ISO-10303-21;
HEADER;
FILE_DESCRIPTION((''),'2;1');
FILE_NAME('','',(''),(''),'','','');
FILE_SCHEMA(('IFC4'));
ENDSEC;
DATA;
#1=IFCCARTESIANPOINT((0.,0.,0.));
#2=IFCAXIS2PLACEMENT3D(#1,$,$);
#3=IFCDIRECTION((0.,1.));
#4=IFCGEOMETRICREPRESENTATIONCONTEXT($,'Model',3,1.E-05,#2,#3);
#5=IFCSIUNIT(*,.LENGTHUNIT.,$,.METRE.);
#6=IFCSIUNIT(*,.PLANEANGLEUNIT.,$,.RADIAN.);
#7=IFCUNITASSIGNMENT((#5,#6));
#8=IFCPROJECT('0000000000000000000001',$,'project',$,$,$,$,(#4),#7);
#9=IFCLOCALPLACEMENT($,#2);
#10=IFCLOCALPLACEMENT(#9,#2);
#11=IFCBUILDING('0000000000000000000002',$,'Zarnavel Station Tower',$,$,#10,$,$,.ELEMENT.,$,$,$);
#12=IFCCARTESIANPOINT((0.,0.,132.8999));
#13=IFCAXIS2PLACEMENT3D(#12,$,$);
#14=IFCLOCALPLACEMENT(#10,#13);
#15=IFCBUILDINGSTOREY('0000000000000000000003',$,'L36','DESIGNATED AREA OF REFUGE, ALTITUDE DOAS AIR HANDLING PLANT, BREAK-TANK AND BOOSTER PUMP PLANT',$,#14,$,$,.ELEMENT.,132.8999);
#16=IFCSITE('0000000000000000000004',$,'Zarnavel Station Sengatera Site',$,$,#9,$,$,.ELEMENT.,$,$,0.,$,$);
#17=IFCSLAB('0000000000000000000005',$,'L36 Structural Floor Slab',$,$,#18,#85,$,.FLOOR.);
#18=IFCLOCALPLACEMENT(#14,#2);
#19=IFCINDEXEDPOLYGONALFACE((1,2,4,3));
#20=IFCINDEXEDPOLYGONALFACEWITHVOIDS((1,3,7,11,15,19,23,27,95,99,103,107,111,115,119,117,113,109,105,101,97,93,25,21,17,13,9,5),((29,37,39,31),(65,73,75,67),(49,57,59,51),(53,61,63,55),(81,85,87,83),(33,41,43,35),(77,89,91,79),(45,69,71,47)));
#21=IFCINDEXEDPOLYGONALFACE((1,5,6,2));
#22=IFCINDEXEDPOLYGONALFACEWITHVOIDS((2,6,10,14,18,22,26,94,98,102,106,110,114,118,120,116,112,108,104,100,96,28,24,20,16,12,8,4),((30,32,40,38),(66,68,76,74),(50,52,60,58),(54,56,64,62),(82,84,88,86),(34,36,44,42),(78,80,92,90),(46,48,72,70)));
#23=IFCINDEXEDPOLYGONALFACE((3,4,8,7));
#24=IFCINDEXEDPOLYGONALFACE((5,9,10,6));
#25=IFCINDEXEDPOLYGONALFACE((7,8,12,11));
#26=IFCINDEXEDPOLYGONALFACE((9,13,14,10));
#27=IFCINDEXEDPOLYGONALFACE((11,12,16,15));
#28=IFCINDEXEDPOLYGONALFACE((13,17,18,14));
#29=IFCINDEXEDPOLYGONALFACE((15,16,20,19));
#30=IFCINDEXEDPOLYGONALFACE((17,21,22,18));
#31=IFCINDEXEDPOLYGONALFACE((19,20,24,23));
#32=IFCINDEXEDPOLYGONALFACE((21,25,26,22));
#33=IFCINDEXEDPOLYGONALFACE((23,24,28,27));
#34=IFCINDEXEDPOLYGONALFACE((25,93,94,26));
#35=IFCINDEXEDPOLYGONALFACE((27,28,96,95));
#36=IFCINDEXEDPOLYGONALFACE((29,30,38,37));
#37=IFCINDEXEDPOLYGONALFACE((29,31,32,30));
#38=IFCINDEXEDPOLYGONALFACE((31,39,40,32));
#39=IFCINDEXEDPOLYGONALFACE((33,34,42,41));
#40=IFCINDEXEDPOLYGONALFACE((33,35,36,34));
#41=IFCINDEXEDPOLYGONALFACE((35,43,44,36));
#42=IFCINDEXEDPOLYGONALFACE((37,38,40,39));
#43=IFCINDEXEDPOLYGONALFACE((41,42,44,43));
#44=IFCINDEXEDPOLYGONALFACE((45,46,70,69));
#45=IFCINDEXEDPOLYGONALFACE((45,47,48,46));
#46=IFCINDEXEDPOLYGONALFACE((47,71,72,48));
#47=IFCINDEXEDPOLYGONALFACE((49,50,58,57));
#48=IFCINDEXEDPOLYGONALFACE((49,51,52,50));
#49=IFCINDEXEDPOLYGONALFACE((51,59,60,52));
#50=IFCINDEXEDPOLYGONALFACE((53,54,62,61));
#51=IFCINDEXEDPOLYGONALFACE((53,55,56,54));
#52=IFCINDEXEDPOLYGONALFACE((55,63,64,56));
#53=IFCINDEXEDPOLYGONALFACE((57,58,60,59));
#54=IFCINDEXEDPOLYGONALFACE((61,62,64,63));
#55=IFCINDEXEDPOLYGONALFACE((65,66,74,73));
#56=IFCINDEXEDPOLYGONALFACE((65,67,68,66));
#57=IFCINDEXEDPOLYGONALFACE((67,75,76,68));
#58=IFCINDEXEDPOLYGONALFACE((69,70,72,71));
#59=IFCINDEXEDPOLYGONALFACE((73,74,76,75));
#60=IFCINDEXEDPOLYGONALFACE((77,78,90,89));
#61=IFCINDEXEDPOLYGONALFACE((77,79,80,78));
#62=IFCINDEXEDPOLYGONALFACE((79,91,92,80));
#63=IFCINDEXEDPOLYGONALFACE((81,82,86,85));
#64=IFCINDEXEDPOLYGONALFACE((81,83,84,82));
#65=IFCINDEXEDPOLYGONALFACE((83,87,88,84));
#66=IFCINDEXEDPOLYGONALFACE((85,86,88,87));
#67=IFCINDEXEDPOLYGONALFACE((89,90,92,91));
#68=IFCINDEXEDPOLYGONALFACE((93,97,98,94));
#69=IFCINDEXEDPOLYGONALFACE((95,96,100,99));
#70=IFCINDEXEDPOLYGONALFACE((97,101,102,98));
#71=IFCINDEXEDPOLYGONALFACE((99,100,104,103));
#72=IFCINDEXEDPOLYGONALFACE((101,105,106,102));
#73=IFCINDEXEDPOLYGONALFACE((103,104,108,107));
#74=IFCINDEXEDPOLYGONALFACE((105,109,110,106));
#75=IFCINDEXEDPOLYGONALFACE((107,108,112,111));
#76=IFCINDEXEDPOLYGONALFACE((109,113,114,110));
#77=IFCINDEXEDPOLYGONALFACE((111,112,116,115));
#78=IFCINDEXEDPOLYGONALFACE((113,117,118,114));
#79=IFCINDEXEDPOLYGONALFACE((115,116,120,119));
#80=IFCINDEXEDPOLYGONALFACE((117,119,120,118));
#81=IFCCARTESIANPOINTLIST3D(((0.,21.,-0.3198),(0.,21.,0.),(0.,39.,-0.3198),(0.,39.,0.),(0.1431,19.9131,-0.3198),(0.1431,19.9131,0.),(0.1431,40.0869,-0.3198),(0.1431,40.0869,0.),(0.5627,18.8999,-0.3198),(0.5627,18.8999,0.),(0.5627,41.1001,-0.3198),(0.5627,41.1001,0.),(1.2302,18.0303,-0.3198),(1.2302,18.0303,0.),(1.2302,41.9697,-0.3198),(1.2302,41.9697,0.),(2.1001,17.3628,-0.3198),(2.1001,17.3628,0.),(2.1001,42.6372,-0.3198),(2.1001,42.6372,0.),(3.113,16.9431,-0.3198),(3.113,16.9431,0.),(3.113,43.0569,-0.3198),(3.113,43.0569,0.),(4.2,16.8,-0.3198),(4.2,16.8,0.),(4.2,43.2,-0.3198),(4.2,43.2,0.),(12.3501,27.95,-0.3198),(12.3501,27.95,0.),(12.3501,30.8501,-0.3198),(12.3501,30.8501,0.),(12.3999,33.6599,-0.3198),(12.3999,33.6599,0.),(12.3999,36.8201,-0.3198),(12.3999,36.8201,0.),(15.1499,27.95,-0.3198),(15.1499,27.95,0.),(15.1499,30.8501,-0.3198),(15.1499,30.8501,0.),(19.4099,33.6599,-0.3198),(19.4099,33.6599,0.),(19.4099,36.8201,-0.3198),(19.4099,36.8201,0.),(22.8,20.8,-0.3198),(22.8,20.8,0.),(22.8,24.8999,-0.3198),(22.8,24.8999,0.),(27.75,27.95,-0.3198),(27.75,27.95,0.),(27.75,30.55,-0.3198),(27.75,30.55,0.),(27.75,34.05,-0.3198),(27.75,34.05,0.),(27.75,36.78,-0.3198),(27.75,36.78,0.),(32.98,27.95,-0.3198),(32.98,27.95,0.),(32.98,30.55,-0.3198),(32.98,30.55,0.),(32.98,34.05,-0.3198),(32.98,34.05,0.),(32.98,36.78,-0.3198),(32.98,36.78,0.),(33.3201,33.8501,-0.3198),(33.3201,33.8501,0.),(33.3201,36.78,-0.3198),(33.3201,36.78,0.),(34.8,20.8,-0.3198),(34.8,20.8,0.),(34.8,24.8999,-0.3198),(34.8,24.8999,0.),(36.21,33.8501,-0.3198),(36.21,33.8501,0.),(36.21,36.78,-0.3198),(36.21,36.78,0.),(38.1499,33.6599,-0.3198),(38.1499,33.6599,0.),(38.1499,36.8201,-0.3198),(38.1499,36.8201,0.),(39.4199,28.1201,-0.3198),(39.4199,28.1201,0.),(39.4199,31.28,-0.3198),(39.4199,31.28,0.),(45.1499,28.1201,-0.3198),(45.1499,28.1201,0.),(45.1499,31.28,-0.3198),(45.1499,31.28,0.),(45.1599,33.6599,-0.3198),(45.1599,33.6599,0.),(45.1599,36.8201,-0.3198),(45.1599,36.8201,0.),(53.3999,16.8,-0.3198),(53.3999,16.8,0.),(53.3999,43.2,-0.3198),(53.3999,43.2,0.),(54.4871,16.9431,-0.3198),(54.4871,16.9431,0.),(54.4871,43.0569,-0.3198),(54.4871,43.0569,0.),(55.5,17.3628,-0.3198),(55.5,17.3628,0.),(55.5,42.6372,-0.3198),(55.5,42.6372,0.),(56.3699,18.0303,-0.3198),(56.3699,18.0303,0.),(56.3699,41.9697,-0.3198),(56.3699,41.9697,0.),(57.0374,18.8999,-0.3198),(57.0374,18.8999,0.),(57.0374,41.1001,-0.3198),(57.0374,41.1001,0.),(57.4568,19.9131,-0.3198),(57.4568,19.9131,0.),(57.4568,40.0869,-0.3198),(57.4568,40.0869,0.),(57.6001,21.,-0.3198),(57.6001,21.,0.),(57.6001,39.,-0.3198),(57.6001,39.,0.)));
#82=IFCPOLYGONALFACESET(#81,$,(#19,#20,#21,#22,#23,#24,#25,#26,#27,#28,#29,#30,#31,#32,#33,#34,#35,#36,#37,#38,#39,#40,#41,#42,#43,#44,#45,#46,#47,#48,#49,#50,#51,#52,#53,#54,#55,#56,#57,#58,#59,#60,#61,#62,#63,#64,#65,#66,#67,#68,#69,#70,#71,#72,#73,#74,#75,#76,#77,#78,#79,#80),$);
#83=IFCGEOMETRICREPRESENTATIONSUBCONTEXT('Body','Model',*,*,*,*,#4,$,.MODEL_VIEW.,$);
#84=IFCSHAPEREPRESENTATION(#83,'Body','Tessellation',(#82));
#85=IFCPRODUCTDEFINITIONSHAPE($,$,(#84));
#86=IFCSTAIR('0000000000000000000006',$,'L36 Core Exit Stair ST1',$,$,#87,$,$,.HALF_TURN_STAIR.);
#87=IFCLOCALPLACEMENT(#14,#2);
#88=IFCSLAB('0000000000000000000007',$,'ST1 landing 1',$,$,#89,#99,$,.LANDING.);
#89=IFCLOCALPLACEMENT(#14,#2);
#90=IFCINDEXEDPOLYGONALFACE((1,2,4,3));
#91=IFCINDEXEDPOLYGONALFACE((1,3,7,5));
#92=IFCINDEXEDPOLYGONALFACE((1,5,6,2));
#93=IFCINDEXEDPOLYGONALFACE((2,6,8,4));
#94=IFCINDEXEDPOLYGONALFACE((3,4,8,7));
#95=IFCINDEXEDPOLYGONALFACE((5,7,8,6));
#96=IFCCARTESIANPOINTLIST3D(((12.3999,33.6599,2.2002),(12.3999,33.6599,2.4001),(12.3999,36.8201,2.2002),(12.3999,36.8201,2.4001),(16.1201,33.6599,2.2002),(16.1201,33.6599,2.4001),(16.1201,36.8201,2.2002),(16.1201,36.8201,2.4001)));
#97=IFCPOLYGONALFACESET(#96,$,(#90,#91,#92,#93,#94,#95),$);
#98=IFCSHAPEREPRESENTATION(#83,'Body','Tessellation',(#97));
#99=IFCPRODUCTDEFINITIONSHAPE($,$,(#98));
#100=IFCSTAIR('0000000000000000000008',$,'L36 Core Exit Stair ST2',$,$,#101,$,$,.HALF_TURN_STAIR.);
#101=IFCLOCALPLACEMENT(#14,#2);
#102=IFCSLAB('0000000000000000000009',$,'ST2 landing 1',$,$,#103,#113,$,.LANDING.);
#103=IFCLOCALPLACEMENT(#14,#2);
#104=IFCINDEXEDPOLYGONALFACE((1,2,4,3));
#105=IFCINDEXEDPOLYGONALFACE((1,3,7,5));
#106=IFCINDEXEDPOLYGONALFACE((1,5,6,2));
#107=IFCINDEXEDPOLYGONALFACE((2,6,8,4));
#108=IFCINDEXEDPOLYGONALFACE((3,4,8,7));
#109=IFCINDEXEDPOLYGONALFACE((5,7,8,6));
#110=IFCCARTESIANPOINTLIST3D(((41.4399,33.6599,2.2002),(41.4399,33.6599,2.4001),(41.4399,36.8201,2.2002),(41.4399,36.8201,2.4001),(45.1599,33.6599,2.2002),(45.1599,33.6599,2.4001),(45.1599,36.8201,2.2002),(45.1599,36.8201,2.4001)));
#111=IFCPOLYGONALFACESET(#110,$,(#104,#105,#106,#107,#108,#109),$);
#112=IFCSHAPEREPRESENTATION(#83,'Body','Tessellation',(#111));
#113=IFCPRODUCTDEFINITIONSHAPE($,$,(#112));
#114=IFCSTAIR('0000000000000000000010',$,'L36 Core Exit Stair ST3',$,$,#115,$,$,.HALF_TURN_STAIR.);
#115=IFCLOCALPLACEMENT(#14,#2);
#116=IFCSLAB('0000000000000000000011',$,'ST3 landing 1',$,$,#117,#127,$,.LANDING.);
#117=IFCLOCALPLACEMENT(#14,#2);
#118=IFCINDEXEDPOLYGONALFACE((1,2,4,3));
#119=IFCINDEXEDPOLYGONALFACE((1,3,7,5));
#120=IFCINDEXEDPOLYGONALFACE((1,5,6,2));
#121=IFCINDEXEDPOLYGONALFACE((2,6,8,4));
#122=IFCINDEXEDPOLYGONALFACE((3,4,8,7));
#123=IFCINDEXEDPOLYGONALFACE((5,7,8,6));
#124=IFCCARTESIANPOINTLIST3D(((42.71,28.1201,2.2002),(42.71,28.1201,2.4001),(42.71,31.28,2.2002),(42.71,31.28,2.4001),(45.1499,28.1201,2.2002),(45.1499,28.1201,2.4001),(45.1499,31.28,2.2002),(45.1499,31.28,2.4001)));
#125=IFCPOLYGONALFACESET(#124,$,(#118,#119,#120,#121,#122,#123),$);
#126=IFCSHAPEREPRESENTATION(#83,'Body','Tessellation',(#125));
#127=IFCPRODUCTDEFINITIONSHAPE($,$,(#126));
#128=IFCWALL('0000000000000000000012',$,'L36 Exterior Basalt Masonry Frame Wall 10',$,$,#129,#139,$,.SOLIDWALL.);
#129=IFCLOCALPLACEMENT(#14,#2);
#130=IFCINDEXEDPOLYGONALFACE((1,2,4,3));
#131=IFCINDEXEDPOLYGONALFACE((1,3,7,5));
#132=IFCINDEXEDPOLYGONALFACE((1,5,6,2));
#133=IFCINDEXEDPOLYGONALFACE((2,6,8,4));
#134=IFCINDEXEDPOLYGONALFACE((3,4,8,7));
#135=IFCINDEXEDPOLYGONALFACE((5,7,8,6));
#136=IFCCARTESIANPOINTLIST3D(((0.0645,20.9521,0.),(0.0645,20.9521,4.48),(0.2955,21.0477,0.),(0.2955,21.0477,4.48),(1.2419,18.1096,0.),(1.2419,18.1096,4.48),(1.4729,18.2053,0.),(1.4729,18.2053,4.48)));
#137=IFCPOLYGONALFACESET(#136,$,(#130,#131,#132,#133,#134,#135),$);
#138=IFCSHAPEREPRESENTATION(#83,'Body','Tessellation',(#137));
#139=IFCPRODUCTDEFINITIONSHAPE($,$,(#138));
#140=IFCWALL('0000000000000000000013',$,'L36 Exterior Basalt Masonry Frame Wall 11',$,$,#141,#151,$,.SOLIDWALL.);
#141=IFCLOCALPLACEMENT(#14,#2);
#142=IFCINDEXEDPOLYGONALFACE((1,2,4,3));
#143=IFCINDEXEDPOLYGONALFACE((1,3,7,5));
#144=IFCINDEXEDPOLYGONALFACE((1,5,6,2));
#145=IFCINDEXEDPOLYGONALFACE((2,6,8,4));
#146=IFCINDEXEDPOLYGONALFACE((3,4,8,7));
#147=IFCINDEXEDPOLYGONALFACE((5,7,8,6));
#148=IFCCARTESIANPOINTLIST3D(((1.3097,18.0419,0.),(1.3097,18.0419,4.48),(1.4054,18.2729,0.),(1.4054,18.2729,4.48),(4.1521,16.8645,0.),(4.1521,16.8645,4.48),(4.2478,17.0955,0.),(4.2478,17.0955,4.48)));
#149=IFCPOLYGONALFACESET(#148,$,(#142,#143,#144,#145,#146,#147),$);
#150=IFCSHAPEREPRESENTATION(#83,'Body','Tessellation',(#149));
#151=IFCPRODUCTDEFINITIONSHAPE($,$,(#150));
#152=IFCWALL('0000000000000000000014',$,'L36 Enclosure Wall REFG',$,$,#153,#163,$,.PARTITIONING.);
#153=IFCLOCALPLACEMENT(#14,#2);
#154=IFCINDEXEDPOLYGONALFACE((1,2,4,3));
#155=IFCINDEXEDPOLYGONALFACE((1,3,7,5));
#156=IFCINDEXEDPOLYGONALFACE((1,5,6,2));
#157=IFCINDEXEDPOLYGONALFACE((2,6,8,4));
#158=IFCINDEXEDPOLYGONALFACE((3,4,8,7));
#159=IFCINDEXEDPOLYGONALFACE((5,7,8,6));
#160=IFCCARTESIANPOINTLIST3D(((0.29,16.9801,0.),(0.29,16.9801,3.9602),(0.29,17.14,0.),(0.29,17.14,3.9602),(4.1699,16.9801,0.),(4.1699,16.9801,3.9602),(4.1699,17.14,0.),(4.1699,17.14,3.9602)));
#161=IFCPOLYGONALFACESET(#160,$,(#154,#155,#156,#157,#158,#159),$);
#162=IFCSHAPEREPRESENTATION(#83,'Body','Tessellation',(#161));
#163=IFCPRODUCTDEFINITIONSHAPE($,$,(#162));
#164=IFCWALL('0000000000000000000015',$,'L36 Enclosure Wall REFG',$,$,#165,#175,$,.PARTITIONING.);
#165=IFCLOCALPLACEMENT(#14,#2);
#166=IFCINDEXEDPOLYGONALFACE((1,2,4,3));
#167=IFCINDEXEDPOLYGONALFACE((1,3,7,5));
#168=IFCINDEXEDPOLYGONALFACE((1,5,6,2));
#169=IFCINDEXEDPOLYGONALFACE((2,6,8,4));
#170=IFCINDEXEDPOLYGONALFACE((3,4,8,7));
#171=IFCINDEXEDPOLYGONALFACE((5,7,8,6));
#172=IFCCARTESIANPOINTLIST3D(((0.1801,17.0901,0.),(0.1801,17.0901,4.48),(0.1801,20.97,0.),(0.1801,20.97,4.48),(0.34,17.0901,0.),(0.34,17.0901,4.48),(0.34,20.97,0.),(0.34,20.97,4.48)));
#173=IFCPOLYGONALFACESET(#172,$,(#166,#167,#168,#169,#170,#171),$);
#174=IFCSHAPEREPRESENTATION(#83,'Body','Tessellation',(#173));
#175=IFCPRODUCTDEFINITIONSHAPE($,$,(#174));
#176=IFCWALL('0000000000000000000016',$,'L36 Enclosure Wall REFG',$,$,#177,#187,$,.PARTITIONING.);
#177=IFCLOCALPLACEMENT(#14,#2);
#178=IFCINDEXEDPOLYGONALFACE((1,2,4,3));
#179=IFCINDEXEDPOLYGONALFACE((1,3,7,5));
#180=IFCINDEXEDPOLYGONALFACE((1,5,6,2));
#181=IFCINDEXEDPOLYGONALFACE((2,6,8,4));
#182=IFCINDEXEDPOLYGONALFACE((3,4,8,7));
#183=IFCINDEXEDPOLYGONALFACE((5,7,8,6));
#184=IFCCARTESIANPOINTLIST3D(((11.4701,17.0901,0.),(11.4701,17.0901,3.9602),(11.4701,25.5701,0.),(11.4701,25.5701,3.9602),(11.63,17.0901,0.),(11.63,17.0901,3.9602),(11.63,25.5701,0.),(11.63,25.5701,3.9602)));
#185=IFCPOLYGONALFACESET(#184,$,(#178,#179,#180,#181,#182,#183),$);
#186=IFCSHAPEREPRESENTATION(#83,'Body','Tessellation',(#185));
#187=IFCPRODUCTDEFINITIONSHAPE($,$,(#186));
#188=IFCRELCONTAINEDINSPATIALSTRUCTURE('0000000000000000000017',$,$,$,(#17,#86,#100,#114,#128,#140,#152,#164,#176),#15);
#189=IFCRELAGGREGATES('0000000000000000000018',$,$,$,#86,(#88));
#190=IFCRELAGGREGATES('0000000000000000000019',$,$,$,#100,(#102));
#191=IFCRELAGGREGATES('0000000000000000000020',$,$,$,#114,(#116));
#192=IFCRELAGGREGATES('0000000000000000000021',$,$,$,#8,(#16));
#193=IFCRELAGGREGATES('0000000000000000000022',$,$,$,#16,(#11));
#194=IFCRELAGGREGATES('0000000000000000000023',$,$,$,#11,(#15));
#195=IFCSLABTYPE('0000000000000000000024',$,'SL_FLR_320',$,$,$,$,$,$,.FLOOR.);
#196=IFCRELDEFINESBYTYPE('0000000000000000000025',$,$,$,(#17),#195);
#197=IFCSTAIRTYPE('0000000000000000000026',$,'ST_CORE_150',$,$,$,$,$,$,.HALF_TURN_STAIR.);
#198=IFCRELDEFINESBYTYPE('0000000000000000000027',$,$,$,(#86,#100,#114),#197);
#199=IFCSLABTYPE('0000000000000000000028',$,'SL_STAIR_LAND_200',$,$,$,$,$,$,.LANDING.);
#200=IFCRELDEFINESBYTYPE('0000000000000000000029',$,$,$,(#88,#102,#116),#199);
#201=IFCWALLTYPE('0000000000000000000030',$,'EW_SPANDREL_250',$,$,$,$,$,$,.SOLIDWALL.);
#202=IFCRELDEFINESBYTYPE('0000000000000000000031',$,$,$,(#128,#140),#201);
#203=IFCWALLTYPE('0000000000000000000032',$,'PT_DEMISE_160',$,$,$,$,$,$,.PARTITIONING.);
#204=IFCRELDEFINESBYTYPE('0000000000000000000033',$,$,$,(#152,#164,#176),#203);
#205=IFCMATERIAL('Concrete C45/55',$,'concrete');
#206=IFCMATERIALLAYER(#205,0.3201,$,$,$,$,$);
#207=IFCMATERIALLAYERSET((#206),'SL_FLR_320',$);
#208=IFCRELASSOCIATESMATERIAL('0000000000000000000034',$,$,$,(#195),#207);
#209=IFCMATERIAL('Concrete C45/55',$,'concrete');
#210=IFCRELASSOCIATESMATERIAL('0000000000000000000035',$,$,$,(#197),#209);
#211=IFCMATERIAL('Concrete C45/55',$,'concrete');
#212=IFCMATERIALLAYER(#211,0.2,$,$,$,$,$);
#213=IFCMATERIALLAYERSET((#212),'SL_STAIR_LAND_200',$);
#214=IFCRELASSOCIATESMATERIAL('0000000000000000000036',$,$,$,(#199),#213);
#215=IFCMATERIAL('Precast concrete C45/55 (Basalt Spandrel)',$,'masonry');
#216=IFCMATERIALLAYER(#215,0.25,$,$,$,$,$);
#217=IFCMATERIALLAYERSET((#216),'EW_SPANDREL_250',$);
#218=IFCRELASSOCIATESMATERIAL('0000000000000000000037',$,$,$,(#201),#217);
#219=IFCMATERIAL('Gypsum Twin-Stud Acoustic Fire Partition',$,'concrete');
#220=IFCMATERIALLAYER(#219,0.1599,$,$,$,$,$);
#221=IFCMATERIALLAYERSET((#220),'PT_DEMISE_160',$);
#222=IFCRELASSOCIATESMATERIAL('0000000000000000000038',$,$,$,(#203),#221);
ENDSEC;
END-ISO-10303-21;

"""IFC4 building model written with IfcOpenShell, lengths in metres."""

from ifc_helpers import new_model, si_unit, direction, frame, frame_2d, origin, place, context, subcontext, project, spatial, polyline, rectangle, outline, extrude, material, layer, layer_set, type_object, element, aggregate, save


model = new_model("IFC4")

# Units and contexts
model_context = context("Model", 3, precision=1e-05, world=origin(), true_north=direction((0.0, 1.0)))
body_context = subcontext(model_context, "Body", "Model", "MODEL_VIEW")
ifc_project = project(units=[si_unit("LENGTHUNIT", "METRE"), si_unit("PLANEANGLEUNIT", "RADIAN")], contexts=[model_context])

# Site, building, storey
site_placement = place(None, origin())
site = spatial("IfcSite", under=ifc_project, at=site_placement, Name="Zarnavel Station Sengatera Site", CompositionType="ELEMENT", RefElevation=0.0)
building_placement = place(site_placement, origin())
building = spatial("IfcBuilding", under=site, at=building_placement, Name="Zarnavel Station Tower", CompositionType="ELEMENT")
storey_placement = place(building_placement, frame((0.0, 0.0, 132.8999)))
storey = spatial("IfcBuildingStorey", under=building, at=storey_placement, Name="L36", Description="DESIGNATED AREA OF REFUGE, ALTITUDE DOAS AIR HANDLING PLANT, BREAK-TANK AND BOOSTER PUMP PLANT", CompositionType="ELEMENT", Elevation=132.8999)

# Slab
ifc_material_1 = material(Name="Concrete C45/55", Category="concrete")
ifc_layer_1 = layer(ifc_material_1, 0.3201)
ifc_layer_set_1 = layer_set([ifc_layer_1], Name="SL_FLR_320")
slab_type_1 = type_object("IfcSlabType", Name="SL_FLR_320", PredefinedType="FLOOR", material=ifc_layer_set_1)
slab_1_placement = place(storey_placement, frame((0.0, 0.0, -0.3198)))
element("IfcSlab", 1, at=slab_1_placement, inside=storey, type_object=slab_type_1, Name="L36 Structural Floor Slab", PredefinedType="FLOOR", context=body_context, shape_type="SweptSolid", body=[
    extrude(outline(polyline([(53.3999, 16.8), (54.4871, 16.9431), (55.5, 17.3628), (56.3699, 18.0303), (57.0374, 18.8999), (57.4568, 19.9131), (57.6001, 21.0), (57.6001, 39.0), (57.4568, 40.0869), (57.0374, 41.1001), (56.3699, 41.9697), (55.5, 42.6372), (54.4871, 43.0569), (53.3999, 43.2), (4.2, 43.2), (3.113, 43.0569), (2.1001, 42.6372), (1.2302, 41.9697), (0.5627, 41.1001), (0.1431, 40.0869), (0.0, 39.0), (0.0, 21.0), (0.1431, 19.9131), (0.5627, 18.8999), (1.2302, 18.0303), (2.1001, 17.3628), (3.113, 16.9431), (4.2, 16.8), (53.3999, 16.8)]), holes=[polyline([(12.3999, 33.6599), (19.4099, 33.6599), (19.4099, 36.8201), (12.3999, 36.8201), (12.3999, 33.6599)]), polyline([(38.1499, 33.6599), (45.1599, 33.6599), (45.1599, 36.8201), (38.1499, 36.8201), (38.1499, 33.6599)]), polyline([(39.4199, 28.1201), (45.1499, 28.1201), (45.1499, 31.28), (39.4199, 31.28), (39.4199, 28.1201)]), polyline([(12.3501, 27.95), (15.1499, 27.95), (15.1499, 30.8501), (12.3501, 30.8501), (12.3501, 27.95)]), polyline([(33.3201, 33.8501), (36.21, 33.8501), (36.21, 36.78), (33.3201, 36.78), (33.3201, 33.8501)]), polyline([(27.75, 34.05), (32.98, 34.05), (32.98, 36.78), (27.75, 36.78), (27.75, 34.05)]), polyline([(27.75, 27.95), (32.98, 27.95), (32.98, 30.55), (27.75, 30.55), (27.75, 27.95)]), polyline([(22.8, 20.8), (34.8, 20.8), (34.8, 24.8999), (22.8, 24.8999), (22.8, 20.8)])]), origin(), (0.0, 0.0, 1.0), 0.3198),
])

# Stairs, slabs
ifc_material_2 = material(Name="Concrete C45/55", Category="concrete")
stair_type = type_object("IfcStairType", Name="ST_CORE_150", PredefinedType="HALF_TURN_STAIR", material=ifc_material_2)
stair_1_placement = place(storey_placement, origin())
stair_1 = element("IfcStair", 2, at=stair_1_placement, inside=storey, type_object=stair_type, Name="L36 Core Exit Stair ST1", PredefinedType="HALF_TURN_STAIR")
ifc_material_3 = material(Name="Concrete C45/55", Category="concrete")
ifc_layer_2 = layer(ifc_material_3, 0.2)
ifc_layer_set_2 = layer_set([ifc_layer_2], Name="SL_STAIR_LAND_200")
slab_type_2 = type_object("IfcSlabType", Name="SL_STAIR_LAND_200", PredefinedType="LANDING", material=ifc_layer_set_2)
slab_2_placement = place(storey_placement, frame((0.0, 0.0, 2.2002)))
slab_2 = element("IfcSlab", 3, at=slab_2_placement, type_object=slab_type_2, Name="ST1 landing 1", PredefinedType="LANDING", context=body_context, shape_type="SweptSolid", body=[
    extrude(outline(polyline([(16.1201, 36.8201), (12.3999, 36.8201), (12.3999, 33.6599), (16.1201, 33.6599), (16.1201, 36.8201)])), origin(), (0.0, 0.0, 1.0), 0.2),
])
aggregate(stair_1, [slab_2])
stair_2_placement = place(storey_placement, origin())
stair_2 = element("IfcStair", 4, at=stair_2_placement, inside=storey, type_object=stair_type, Name="L36 Core Exit Stair ST2", PredefinedType="HALF_TURN_STAIR")
slab_3_placement = place(storey_placement, frame((0.0, 0.0, 2.2002)))
slab_3 = element("IfcSlab", 5, at=slab_3_placement, type_object=slab_type_2, Name="ST2 landing 1", PredefinedType="LANDING", context=body_context, shape_type="SweptSolid", body=[
    extrude(outline(polyline([(41.4399, 33.6599), (45.1599, 33.6599), (45.1599, 36.8201), (41.4399, 36.8201), (41.4399, 33.6599)])), origin(), (0.0, 0.0, 1.0), 0.2),
])
aggregate(stair_2, [slab_3])
stair_3_placement = place(storey_placement, origin())
stair_3 = element("IfcStair", 6, at=stair_3_placement, inside=storey, type_object=stair_type, Name="L36 Core Exit Stair ST3", PredefinedType="HALF_TURN_STAIR")
slab_4_placement = place(storey_placement, frame((0.0, 0.0, 2.2002)))
slab_4 = element("IfcSlab", 7, at=slab_4_placement, type_object=slab_type_2, Name="ST3 landing 1", PredefinedType="LANDING", context=body_context, shape_type="SweptSolid", body=[
    extrude(outline(polyline([(42.71, 28.1201), (45.1499, 28.1201), (45.1499, 31.28), (42.71, 31.28), (42.71, 28.1201)])), origin(), (0.0, 0.0, 1.0), 0.2),
])
aggregate(stair_3, [slab_4])

# Walls
ifc_material_4 = material(Name="Precast concrete C45/55 (Basalt Spandrel)", Category="masonry")
ifc_layer_3 = layer(ifc_material_4, 0.25)
ifc_layer_set_3 = layer_set([ifc_layer_3], Name="EW_SPANDREL_250")
wall_type_1 = type_object("IfcWallType", Name="EW_SPANDREL_250", PredefinedType="SOLIDWALL", material=ifc_layer_set_3)
for number, where, z_axis, x_axis, name in (
    (8, (1.3574, 18.1575, 0.0), (0.0, 0.0, 1.0), (-0.382705, 0.923871, 0.0), "L36 Exterior Basalt Masonry Frame Wall 10"),
    (9, (4.2, 16.98, 0.0), (0.0, 0.0, 1.0), (-0.923871, 0.382705, 0.0), "L36 Exterior Basalt Masonry Frame Wall 11"),
):
    element("IfcWall", number, at=place(storey_placement, frame(where, z_axis=z_axis, x_axis=x_axis)), inside=storey, type_object=wall_type_1, Name=name, PredefinedType="SOLIDWALL", context=body_context, shape_type="SweptSolid", body=[
        extrude(rectangle(XDim=3.0767, YDim=0.25, at=frame_2d((1.5383, 0.0))), origin(), (0.0, 0.0, 1.0), 4.48),
    ])
ifc_material_5 = material(Name="Gypsum Twin-Stud Acoustic Fire Partition", Category="concrete")
ifc_layer_4 = layer(ifc_material_5, 0.1599)
ifc_layer_set_4 = layer_set([ifc_layer_4], Name="PT_DEMISE_160")
wall_type_2 = type_object("IfcWallType", Name="PT_DEMISE_160", PredefinedType="PARTITIONING", material=ifc_layer_set_4)
wall_1_placement = place(storey_placement, frame((0.29, 17.0601, 0.0), z_axis=(0.0, 0.0, 1.0), x_axis=(1.0, 0.0, 0.0)))
element("IfcWall", 10, at=wall_1_placement, inside=storey, type_object=wall_type_2, Name="L36 Enclosure Wall REFG", PredefinedType="PARTITIONING", context=body_context, shape_type="SweptSolid", body=[
    extrude(rectangle(XDim=3.8799, YDim=0.1599, at=frame_2d((1.9399, 0.0))), origin(), (0.0, 0.0, 1.0), 3.9602),
])
wall_2_placement = place(storey_placement, frame((0.26, 17.0901, 0.0), z_axis=(0.0, 0.0, 1.0), x_axis=(0.0, 1.0, 0.0)))
element("IfcWall", 11, at=wall_2_placement, inside=storey, type_object=wall_type_2, Name="L36 Enclosure Wall REFG", PredefinedType="PARTITIONING", context=body_context, shape_type="SweptSolid", body=[
    extrude(rectangle(XDim=3.8799, YDim=0.1599, at=frame_2d((1.9399, 0.0))), origin(), (0.0, 0.0, 1.0), 4.48),
])
wall_3_placement = place(storey_placement, frame((11.55, 17.0901, 0.0), z_axis=(0.0, 0.0, 1.0), x_axis=(0.0, 1.0, 0.0)))
element("IfcWall", 12, at=wall_3_placement, inside=storey, type_object=wall_type_2, Name="L36 Enclosure Wall REFG", PredefinedType="PARTITIONING", context=body_context, shape_type="SweptSolid", body=[
    extrude(rectangle(XDim=8.48, YDim=0.1599, at=frame_2d((4.24, 0.0))), origin(), (0.0, 0.0, 1.0), 3.9602),
])

save(model, "model.ifc")
